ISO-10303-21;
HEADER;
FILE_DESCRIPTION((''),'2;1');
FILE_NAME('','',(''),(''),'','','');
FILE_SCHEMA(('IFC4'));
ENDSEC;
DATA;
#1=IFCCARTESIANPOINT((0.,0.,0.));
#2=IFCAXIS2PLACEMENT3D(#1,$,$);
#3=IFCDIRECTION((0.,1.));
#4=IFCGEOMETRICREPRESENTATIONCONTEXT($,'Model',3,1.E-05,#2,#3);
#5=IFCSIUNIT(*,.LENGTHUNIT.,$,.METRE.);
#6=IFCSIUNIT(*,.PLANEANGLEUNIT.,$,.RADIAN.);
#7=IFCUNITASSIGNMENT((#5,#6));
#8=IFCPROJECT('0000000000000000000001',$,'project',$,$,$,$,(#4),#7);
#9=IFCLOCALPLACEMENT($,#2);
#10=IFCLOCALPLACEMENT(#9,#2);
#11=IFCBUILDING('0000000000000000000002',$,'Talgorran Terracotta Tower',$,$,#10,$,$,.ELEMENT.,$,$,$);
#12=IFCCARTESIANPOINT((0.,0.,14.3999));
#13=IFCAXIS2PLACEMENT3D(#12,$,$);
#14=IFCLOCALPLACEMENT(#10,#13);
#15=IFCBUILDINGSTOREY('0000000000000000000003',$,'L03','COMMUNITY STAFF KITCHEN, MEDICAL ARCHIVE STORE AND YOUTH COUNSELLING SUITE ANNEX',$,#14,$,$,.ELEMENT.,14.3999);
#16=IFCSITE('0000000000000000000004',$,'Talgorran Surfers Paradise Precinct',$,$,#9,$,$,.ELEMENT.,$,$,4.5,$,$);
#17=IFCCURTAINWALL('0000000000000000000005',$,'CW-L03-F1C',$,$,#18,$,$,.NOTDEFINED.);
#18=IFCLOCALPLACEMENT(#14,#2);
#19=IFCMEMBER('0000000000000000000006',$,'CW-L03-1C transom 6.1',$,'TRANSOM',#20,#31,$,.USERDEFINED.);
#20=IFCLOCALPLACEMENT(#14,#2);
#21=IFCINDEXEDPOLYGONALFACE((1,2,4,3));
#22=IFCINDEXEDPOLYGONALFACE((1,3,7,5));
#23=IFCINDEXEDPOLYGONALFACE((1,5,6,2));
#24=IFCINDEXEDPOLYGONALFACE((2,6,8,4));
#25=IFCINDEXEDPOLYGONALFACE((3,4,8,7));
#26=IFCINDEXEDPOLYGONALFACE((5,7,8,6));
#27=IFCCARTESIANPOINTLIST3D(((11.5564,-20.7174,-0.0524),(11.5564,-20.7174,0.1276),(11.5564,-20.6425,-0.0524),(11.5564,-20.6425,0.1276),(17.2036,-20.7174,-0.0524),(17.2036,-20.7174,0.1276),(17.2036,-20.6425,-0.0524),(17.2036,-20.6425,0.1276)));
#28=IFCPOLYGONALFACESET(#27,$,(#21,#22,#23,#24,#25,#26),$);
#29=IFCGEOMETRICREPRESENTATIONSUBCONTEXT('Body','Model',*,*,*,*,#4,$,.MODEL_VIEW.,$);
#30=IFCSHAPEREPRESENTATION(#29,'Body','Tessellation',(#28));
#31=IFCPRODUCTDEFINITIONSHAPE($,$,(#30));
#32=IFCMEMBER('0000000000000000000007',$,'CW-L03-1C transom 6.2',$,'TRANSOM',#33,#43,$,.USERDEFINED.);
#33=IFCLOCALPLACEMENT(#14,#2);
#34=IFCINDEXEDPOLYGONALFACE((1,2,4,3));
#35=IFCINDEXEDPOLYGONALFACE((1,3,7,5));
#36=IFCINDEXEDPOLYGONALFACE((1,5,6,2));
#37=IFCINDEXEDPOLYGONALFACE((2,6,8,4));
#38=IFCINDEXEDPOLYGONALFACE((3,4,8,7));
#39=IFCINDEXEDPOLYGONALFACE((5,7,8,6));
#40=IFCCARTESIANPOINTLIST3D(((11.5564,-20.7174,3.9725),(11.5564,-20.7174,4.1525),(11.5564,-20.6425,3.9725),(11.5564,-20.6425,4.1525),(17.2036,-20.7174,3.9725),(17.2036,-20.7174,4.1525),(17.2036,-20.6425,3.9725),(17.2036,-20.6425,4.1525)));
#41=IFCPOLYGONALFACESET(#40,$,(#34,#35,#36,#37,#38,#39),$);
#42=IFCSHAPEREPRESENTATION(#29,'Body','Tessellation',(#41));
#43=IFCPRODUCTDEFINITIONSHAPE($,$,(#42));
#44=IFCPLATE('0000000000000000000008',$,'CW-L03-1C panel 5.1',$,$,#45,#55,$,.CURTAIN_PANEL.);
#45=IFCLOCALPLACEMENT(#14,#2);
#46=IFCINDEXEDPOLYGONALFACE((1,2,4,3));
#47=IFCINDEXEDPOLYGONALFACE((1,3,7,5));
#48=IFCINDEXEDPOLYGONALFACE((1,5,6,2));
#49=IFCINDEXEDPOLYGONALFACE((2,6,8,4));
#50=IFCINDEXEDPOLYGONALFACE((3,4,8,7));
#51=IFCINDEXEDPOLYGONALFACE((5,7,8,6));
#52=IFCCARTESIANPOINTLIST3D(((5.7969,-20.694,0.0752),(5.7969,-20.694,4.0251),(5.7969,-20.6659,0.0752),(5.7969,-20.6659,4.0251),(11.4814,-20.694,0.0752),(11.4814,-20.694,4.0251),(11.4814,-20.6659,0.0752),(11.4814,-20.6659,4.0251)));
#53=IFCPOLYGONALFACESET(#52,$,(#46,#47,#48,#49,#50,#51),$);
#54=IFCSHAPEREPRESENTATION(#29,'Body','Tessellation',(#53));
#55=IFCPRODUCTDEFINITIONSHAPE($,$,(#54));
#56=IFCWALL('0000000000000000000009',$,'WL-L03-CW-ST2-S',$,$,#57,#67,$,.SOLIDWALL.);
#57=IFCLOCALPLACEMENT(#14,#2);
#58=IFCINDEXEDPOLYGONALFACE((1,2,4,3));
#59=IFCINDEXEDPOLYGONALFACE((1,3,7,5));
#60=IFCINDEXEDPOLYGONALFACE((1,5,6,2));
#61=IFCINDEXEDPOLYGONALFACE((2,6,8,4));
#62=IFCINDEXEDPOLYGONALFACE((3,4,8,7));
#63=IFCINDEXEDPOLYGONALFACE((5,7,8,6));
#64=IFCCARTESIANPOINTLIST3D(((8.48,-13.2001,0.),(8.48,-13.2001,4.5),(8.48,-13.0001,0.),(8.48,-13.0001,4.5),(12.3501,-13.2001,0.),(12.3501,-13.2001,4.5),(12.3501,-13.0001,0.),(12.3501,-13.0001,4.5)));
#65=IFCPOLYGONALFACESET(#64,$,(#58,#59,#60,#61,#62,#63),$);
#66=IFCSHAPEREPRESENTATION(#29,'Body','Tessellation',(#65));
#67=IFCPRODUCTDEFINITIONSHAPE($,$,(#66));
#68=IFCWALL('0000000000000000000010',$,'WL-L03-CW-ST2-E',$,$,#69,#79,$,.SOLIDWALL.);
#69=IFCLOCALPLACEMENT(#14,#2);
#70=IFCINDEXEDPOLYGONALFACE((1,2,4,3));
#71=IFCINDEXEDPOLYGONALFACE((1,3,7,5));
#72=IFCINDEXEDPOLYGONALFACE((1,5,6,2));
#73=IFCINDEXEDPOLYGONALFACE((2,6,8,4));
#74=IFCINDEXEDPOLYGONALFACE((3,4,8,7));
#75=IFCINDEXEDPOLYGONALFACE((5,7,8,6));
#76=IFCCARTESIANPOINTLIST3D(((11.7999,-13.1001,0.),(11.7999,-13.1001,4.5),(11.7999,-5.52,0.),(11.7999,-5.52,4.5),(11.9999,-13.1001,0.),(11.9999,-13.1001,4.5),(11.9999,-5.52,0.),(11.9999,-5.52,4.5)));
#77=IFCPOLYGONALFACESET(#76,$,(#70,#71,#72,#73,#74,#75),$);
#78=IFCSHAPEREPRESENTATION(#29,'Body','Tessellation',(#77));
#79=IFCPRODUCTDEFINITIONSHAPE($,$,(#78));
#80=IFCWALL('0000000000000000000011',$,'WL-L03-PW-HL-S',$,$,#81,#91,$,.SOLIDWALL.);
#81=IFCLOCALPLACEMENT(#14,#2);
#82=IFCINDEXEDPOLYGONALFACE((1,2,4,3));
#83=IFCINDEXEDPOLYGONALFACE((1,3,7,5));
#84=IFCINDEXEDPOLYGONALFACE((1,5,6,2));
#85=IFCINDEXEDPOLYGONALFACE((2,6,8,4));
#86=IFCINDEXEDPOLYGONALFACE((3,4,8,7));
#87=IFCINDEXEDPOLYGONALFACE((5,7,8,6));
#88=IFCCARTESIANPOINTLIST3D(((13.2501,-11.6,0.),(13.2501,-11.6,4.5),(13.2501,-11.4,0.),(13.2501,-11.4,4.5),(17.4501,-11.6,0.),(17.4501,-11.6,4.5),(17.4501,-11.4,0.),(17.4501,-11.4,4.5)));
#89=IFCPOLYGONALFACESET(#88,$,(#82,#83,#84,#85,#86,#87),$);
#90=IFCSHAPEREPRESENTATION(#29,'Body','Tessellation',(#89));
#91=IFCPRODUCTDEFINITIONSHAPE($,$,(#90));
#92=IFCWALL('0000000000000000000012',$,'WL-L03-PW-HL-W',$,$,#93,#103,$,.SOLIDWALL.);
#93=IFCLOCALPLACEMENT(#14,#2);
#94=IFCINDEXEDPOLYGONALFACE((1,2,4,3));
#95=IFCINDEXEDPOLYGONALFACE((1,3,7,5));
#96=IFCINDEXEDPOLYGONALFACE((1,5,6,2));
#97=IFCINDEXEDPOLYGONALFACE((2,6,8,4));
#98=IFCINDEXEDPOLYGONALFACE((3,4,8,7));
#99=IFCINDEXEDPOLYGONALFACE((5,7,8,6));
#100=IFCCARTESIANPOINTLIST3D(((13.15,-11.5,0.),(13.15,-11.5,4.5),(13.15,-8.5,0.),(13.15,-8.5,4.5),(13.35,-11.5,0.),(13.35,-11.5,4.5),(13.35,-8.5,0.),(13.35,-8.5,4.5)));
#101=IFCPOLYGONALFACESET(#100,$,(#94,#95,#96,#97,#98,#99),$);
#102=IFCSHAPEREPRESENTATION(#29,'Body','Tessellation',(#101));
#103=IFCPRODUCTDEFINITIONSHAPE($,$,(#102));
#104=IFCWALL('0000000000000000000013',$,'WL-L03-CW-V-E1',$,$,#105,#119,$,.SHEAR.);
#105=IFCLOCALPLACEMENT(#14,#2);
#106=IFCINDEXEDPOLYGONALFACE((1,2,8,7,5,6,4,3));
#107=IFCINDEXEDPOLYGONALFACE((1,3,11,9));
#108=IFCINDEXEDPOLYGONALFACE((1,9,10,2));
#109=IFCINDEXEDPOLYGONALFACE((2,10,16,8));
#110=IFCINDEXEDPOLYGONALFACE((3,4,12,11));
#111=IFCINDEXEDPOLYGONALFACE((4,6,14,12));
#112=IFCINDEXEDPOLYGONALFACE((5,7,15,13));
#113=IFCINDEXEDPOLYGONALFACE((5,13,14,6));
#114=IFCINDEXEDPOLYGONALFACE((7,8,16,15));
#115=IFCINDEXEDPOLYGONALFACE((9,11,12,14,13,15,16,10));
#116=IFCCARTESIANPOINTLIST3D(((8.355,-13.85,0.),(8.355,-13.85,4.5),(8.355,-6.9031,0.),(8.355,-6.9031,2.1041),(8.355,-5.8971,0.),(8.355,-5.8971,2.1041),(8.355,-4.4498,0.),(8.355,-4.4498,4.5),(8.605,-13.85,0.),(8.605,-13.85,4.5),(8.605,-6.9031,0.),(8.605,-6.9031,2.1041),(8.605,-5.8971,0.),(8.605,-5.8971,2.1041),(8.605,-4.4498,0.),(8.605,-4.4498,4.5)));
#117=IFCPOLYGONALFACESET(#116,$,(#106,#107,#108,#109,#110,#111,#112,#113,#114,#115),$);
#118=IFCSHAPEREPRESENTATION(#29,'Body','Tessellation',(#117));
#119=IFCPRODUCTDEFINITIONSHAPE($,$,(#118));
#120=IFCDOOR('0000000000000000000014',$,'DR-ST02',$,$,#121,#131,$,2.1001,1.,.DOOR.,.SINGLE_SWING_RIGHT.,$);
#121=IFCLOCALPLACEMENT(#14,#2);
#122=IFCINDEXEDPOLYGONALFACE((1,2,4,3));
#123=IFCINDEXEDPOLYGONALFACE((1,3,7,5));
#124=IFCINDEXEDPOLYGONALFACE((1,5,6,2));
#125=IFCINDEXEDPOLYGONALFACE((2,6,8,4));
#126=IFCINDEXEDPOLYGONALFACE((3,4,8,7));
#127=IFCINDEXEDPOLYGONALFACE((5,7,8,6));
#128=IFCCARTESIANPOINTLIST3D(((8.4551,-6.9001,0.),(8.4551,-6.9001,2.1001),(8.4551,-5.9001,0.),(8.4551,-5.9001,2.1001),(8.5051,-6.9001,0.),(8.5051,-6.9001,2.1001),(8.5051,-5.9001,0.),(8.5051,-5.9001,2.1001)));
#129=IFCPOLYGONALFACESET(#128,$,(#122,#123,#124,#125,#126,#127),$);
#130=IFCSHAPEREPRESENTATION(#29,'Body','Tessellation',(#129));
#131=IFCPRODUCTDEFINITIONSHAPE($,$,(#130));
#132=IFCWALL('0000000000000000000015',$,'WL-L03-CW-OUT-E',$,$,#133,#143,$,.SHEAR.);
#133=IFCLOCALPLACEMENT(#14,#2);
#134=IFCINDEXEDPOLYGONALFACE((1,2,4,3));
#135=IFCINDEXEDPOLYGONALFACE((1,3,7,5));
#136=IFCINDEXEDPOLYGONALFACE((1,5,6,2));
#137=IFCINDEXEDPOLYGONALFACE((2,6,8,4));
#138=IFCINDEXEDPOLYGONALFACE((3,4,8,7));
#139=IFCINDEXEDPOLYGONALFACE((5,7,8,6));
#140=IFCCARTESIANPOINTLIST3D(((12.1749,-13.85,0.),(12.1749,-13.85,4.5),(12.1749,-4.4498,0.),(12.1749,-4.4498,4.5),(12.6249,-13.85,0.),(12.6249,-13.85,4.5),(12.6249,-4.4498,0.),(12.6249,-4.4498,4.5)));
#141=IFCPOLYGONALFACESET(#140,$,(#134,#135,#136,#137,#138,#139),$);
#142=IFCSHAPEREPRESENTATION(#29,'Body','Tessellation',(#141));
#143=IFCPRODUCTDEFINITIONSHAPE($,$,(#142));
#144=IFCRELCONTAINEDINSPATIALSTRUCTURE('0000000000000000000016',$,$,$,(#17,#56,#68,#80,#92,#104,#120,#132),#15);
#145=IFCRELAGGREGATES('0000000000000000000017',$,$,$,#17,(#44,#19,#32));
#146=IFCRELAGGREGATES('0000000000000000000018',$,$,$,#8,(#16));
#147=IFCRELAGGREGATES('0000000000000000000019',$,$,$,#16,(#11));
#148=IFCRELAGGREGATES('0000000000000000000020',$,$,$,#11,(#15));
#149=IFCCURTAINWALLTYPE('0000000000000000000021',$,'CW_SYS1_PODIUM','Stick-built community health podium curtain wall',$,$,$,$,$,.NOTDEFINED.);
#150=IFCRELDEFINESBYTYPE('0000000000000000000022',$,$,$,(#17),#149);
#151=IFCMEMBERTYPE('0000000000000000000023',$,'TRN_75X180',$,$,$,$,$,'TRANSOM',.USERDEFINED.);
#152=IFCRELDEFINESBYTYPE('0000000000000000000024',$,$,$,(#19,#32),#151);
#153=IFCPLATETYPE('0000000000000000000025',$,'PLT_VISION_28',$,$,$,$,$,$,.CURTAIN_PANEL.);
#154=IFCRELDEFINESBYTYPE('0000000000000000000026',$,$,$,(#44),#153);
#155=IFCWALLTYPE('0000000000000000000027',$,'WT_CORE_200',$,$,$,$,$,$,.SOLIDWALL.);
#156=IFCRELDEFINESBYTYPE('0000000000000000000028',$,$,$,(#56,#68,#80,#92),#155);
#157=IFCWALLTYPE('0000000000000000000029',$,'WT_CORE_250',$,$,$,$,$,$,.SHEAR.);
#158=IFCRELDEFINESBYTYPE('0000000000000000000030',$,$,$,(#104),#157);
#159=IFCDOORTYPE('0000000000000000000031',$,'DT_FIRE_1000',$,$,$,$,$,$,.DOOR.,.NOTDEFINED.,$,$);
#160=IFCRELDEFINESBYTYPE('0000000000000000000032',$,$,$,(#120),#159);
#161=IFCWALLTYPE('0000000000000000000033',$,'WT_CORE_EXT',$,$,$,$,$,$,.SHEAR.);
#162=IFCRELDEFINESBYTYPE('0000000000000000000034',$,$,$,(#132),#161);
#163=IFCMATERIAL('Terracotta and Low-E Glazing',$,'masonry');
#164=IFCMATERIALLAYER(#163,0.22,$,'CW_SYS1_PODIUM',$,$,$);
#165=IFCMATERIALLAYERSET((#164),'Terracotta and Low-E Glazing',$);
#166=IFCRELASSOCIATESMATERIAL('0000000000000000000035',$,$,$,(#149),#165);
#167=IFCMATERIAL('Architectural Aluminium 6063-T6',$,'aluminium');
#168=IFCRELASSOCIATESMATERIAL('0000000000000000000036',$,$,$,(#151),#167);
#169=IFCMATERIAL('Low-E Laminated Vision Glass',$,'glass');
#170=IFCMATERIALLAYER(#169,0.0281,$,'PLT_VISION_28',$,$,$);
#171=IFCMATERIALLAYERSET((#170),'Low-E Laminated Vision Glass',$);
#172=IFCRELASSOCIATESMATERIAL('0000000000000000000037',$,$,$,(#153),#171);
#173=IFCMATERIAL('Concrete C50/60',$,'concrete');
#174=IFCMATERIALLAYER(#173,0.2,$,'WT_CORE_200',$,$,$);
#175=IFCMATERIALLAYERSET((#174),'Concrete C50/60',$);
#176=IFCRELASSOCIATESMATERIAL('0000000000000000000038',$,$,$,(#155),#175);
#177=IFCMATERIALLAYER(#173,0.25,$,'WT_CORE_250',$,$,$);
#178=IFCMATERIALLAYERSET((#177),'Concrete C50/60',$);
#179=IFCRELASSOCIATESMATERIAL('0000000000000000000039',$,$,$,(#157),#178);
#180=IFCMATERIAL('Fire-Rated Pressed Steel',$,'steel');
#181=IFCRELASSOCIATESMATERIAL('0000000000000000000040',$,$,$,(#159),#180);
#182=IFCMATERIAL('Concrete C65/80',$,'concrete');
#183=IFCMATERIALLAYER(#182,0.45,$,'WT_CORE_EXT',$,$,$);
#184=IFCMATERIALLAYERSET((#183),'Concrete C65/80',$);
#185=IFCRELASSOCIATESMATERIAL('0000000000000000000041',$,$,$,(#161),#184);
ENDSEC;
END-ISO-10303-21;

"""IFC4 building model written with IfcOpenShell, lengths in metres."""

from ifc_helpers import new_model, si_unit, direction, frame, frame_2d, origin, origin_2d, place, context, subcontext, project, spatial, rectangle, extrude, source, transform, mapped, material, layer, layer_set, material_profile, profile_set, type_object, type_shapes, element, fill, aggregate, save


model = new_model("IFC4")

# Units and contexts
model_context = context("Model", 3, precision=1e-05, world=origin(), true_north=direction((0.0, 1.0)))
body_context = subcontext(model_context, "Body", "Model", "MODEL_VIEW")
ifc_project = project(units=[si_unit("LENGTHUNIT", "METRE"), si_unit("PLANEANGLEUNIT", "RADIAN")], contexts=[model_context])

# Site, building, storey
site_placement = place(None, origin())
site = spatial("IfcSite", under=ifc_project, at=site_placement, Name="Talgorran Surfers Paradise Precinct", CompositionType="ELEMENT", RefElevation=4.5)
building_placement = place(site_placement, origin())
building = spatial("IfcBuilding", under=site, at=building_placement, Name="Talgorran Terracotta Tower", CompositionType="ELEMENT")
storey_placement = place(building_placement, frame((0.0, 0.0, 14.3999)))
storey = spatial("IfcBuildingStorey", under=building, at=storey_placement, Name="L03", Description="COMMUNITY STAFF KITCHEN, MEDICAL ARCHIVE STORE AND YOUTH COUNSELLING SUITE ANNEX", CompositionType="ELEMENT", Elevation=14.3999)

# Curtain wall, members, plate
ifc_material_1 = material(Name="Terracotta and Low-E Glazing", Category="masonry")
ifc_layer_1 = layer(ifc_material_1, 0.22, Name="CW_SYS1_PODIUM")
ifc_layer_set_1 = layer_set([ifc_layer_1], Name="Terracotta and Low-E Glazing")
curtain_wall_type = type_object("IfcCurtainWallType", Name="CW_SYS1_PODIUM", Description="Stick-built community health podium curtain wall", PredefinedType="NOTDEFINED", material=ifc_layer_set_1)
curtain_wall_placement = place(storey_placement, origin())
curtain_wall = element("IfcCurtainWall", 1, at=curtain_wall_placement, inside=storey, type_object=curtain_wall_type, Name="CW-L03-F1C", PredefinedType="NOTDEFINED")
ifc_material_2 = material(Name="Architectural Aluminium 6063-T6", Category="aluminium")
ifc_material_profile_1 = material_profile(ifc_material_2, rectangle(XDim=0.075, YDim=0.1799, at=origin_2d()), Name="CWT75X180")
ifc_profile_set_1 = profile_set([ifc_material_profile_1], Name="Architectural Aluminium 6063-T6")
member_type_1 = type_object("IfcMemberType", Name="TRN_75X180", ElementType="TRANSOM", PredefinedType="USERDEFINED", material=ifc_profile_set_1)
member_1_placement = place(storey_placement, frame((11.5564, -20.6799, 0.0376), z_axis=(1.0, 0.0, 0.0), x_axis=(0.0, 1.0, 0.0)))
member_1 = element("IfcMember", 2, at=member_1_placement, type_object=member_type_1, Name="CW-L03-1C transom 6.1", ObjectType="TRANSOM", PredefinedType="USERDEFINED", context=body_context, shape_type="SweptSolid", body=[
    extrude(rectangle(XDim=0.075, YDim=0.1799, at=origin_2d()), origin(), (0.0, 0.0, 1.0), 5.6472),
])
member_2_placement = place(storey_placement, frame((11.5564, -20.6799, 4.0625), z_axis=(1.0, 0.0, 0.0), x_axis=(0.0, 1.0, 0.0)))
member_2 = element("IfcMember", 3, at=member_2_placement, type_object=member_type_1, Name="CW-L03-1C transom 6.2", ObjectType="TRANSOM", PredefinedType="USERDEFINED", context=body_context, shape_type="SweptSolid", body=[
    extrude(rectangle(XDim=0.075, YDim=0.1799, at=origin_2d()), origin(), (0.0, 0.0, 1.0), 5.6472),
])
ifc_material_3 = material(Name="Low-E Laminated Vision Glass", Category="glass")
ifc_layer_2 = layer(ifc_material_3, 0.0281, Name="PLT_VISION_28")
ifc_layer_set_2 = layer_set([ifc_layer_2], Name="Low-E Laminated Vision Glass")
plate_type = type_object("IfcPlateType", Name="PLT_VISION_28", PredefinedType="CURTAIN_PANEL", material=ifc_layer_set_2)
shared_shape = source(origin(), body_context, "Body", "SweptSolid", [
    extrude(rectangle(XDim=5.6846, YDim=0.0281, at=origin_2d()), origin(), (0.0, 0.0, 1.0), 3.95),
])
type_shapes(plate_type, [shared_shape])
plate_placement = place(storey_placement, frame((8.6392, -20.6799, 0.0752), z_axis=(0.0, 0.0, 1.0), x_axis=(1.0, 0.0, 0.0)))
plate = element("IfcPlate", 4, at=plate_placement, type_object=plate_type, Name="CW-L03-1C panel 5.1", PredefinedType="CURTAIN_PANEL", context=body_context, shape_type="MappedRepresentation", body=[
    mapped(shared_shape, transform((0.0, 0.0, 0.0), scale=1.0)),
])
aggregate(curtain_wall, [plate, member_1, member_2])

# Walls
ifc_material_4 = material(Name="Concrete C50/60", Category="concrete")
ifc_layer_3 = layer(ifc_material_4, 0.2, Name="WT_CORE_200")
ifc_layer_set_3 = layer_set([ifc_layer_3], Name="Concrete C50/60")
wall_type_1 = type_object("IfcWallType", Name="WT_CORE_200", PredefinedType="SOLIDWALL", material=ifc_layer_set_3)
wall_1_placement = place(storey_placement, frame((8.48, -13.1001, 0.0), z_axis=(0.0, 0.0, 1.0), x_axis=(1.0, 0.0, 0.0)))
element("IfcWall", 5, at=wall_1_placement, inside=storey, type_object=wall_type_1, Name="WL-L03-CW-ST2-S", PredefinedType="SOLIDWALL", context=body_context, shape_type="SweptSolid", body=[
    extrude(rectangle(XDim=3.8701, YDim=0.2, at=frame_2d((1.9351, 0.0))), origin(), (0.0, 0.0, 1.0), 4.5),
])
wall_2_placement = place(storey_placement, frame((11.8999, -13.1001, 0.0), z_axis=(0.0, 0.0, 1.0), x_axis=(0.0, 1.0, 0.0)))
element("IfcWall", 6, at=wall_2_placement, inside=storey, type_object=wall_type_1, Name="WL-L03-CW-ST2-E", PredefinedType="SOLIDWALL", context=body_context, shape_type="SweptSolid", body=[
    extrude(rectangle(XDim=7.5801, YDim=0.2, at=frame_2d((3.79, 0.0))), origin(), (0.0, 0.0, 1.0), 4.5),
])
wall_3_placement = place(storey_placement, frame((13.25, -11.5, 0.0), z_axis=(0.0, 0.0, 1.0), x_axis=(1.0, 0.0, 0.0)))
element("IfcWall", 7, at=wall_3_placement, inside=storey, type_object=wall_type_1, Name="WL-L03-PW-HL-S", PredefinedType="SOLIDWALL", context=body_context, shape_type="SweptSolid", body=[
    extrude(rectangle(XDim=4.2, YDim=0.2, at=frame_2d((2.1001, 0.0))), origin(), (0.0, 0.0, 1.0), 4.5),
])
wall_4_placement = place(storey_placement, frame((13.25, -11.5, 0.0), z_axis=(0.0, 0.0, 1.0), x_axis=(0.0, 1.0, 0.0)))
element("IfcWall", 8, at=wall_4_placement, inside=storey, type_object=wall_type_1, Name="WL-L03-PW-HL-W", PredefinedType="SOLIDWALL", context=body_context, shape_type="SweptSolid", body=[
    extrude(rectangle(XDim=3.0, YDim=0.2, at=frame_2d((1.5, 0.0))), origin(), (0.0, 0.0, 1.0), 4.5),
])

# Wall, opening, door
ifc_layer_4 = layer(ifc_material_4, 0.25, Name="WT_CORE_250")
ifc_layer_set_4 = layer_set([ifc_layer_4], Name="Concrete C50/60")
wall_type_2 = type_object("IfcWallType", Name="WT_CORE_250", PredefinedType="SHEAR", material=ifc_layer_set_4)
wall_5_placement = place(storey_placement, frame((8.48, -13.8501, 0.0), z_axis=(0.0, 0.0, 1.0), x_axis=(0.0, 1.0, 0.0)))
wall_5 = element("IfcWall", 9, at=wall_5_placement, inside=storey, type_object=wall_type_2, Name="WL-L03-CW-V-E1", PredefinedType="SHEAR", context=body_context, shape_type="SweptSolid", body=[
    extrude(rectangle(XDim=9.4001, YDim=0.25, at=frame_2d((4.7002, 0.0))), origin(), (0.0, 0.0, 1.0), 4.5),
])
opening_placement = place(wall_5_placement, frame((6.95, 0.0, 0.0)))
opening = element("IfcOpeningElement", 10, at=opening_placement, cuts=wall_5, PredefinedType="OPENING", context=body_context, shape_type="SweptSolid", body=[
    extrude(rectangle(XDim=1.006, YDim=2.1041, at=frame_2d((0.5, 1.052))), frame((0.0, 0.135, 0.0), z_axis=(0.0, -1.0, 0.0), x_axis=(1.0, 0.0, 0.0)), (0.0, 0.0, 1.0), 0.27),
])
ifc_material_5 = material(Name="Fire-Rated Pressed Steel", Category="steel")
door_type = type_object("IfcDoorType", Name="DT_FIRE_1000", OperationType="NOTDEFINED", PredefinedType="DOOR", material=ifc_material_5)
door_placement = place(opening_placement, origin())
door = element("IfcDoor", 11, at=door_placement, inside=storey, type_object=door_type, Name="DR-ST02", OperationType="SINGLE_SWING_RIGHT", OverallHeight=2.1001, OverallWidth=1.0, PredefinedType="DOOR", context=body_context, shape_type="SweptSolid", body=[
    extrude(rectangle(XDim=1.0, YDim=2.1001, at=frame_2d((0.5, 1.05))), frame((0.0, 0.0249, 0.0), z_axis=(0.0, -1.0, 0.0), x_axis=(1.0, 0.0, 0.0)), (0.0, 0.0, 1.0), 0.05),
])
fill(opening, door)

# Wall
ifc_material_6 = material(Name="Concrete C65/80", Category="concrete")
ifc_layer_5 = layer(ifc_material_6, 0.45, Name="WT_CORE_EXT")
ifc_layer_set_5 = layer_set([ifc_layer_5], Name="Concrete C65/80")
wall_type_3 = type_object("IfcWallType", Name="WT_CORE_EXT", PredefinedType="SHEAR", material=ifc_layer_set_5)
wall_6_placement = place(storey_placement, frame((12.3999, -13.8501, 0.0), z_axis=(0.0, 0.0, 1.0), x_axis=(0.0, 1.0, 0.0)))
element("IfcWall", 12, at=wall_6_placement, inside=storey, type_object=wall_type_3, Name="WL-L03-CW-OUT-E", PredefinedType="SHEAR", context=body_context, shape_type="SweptSolid", body=[
    extrude(rectangle(XDim=9.4001, YDim=0.45, at=frame_2d((4.7002, 0.0))), origin(), (0.0, 0.0, 1.0), 4.5),
])

save(model, "model.ifc")
